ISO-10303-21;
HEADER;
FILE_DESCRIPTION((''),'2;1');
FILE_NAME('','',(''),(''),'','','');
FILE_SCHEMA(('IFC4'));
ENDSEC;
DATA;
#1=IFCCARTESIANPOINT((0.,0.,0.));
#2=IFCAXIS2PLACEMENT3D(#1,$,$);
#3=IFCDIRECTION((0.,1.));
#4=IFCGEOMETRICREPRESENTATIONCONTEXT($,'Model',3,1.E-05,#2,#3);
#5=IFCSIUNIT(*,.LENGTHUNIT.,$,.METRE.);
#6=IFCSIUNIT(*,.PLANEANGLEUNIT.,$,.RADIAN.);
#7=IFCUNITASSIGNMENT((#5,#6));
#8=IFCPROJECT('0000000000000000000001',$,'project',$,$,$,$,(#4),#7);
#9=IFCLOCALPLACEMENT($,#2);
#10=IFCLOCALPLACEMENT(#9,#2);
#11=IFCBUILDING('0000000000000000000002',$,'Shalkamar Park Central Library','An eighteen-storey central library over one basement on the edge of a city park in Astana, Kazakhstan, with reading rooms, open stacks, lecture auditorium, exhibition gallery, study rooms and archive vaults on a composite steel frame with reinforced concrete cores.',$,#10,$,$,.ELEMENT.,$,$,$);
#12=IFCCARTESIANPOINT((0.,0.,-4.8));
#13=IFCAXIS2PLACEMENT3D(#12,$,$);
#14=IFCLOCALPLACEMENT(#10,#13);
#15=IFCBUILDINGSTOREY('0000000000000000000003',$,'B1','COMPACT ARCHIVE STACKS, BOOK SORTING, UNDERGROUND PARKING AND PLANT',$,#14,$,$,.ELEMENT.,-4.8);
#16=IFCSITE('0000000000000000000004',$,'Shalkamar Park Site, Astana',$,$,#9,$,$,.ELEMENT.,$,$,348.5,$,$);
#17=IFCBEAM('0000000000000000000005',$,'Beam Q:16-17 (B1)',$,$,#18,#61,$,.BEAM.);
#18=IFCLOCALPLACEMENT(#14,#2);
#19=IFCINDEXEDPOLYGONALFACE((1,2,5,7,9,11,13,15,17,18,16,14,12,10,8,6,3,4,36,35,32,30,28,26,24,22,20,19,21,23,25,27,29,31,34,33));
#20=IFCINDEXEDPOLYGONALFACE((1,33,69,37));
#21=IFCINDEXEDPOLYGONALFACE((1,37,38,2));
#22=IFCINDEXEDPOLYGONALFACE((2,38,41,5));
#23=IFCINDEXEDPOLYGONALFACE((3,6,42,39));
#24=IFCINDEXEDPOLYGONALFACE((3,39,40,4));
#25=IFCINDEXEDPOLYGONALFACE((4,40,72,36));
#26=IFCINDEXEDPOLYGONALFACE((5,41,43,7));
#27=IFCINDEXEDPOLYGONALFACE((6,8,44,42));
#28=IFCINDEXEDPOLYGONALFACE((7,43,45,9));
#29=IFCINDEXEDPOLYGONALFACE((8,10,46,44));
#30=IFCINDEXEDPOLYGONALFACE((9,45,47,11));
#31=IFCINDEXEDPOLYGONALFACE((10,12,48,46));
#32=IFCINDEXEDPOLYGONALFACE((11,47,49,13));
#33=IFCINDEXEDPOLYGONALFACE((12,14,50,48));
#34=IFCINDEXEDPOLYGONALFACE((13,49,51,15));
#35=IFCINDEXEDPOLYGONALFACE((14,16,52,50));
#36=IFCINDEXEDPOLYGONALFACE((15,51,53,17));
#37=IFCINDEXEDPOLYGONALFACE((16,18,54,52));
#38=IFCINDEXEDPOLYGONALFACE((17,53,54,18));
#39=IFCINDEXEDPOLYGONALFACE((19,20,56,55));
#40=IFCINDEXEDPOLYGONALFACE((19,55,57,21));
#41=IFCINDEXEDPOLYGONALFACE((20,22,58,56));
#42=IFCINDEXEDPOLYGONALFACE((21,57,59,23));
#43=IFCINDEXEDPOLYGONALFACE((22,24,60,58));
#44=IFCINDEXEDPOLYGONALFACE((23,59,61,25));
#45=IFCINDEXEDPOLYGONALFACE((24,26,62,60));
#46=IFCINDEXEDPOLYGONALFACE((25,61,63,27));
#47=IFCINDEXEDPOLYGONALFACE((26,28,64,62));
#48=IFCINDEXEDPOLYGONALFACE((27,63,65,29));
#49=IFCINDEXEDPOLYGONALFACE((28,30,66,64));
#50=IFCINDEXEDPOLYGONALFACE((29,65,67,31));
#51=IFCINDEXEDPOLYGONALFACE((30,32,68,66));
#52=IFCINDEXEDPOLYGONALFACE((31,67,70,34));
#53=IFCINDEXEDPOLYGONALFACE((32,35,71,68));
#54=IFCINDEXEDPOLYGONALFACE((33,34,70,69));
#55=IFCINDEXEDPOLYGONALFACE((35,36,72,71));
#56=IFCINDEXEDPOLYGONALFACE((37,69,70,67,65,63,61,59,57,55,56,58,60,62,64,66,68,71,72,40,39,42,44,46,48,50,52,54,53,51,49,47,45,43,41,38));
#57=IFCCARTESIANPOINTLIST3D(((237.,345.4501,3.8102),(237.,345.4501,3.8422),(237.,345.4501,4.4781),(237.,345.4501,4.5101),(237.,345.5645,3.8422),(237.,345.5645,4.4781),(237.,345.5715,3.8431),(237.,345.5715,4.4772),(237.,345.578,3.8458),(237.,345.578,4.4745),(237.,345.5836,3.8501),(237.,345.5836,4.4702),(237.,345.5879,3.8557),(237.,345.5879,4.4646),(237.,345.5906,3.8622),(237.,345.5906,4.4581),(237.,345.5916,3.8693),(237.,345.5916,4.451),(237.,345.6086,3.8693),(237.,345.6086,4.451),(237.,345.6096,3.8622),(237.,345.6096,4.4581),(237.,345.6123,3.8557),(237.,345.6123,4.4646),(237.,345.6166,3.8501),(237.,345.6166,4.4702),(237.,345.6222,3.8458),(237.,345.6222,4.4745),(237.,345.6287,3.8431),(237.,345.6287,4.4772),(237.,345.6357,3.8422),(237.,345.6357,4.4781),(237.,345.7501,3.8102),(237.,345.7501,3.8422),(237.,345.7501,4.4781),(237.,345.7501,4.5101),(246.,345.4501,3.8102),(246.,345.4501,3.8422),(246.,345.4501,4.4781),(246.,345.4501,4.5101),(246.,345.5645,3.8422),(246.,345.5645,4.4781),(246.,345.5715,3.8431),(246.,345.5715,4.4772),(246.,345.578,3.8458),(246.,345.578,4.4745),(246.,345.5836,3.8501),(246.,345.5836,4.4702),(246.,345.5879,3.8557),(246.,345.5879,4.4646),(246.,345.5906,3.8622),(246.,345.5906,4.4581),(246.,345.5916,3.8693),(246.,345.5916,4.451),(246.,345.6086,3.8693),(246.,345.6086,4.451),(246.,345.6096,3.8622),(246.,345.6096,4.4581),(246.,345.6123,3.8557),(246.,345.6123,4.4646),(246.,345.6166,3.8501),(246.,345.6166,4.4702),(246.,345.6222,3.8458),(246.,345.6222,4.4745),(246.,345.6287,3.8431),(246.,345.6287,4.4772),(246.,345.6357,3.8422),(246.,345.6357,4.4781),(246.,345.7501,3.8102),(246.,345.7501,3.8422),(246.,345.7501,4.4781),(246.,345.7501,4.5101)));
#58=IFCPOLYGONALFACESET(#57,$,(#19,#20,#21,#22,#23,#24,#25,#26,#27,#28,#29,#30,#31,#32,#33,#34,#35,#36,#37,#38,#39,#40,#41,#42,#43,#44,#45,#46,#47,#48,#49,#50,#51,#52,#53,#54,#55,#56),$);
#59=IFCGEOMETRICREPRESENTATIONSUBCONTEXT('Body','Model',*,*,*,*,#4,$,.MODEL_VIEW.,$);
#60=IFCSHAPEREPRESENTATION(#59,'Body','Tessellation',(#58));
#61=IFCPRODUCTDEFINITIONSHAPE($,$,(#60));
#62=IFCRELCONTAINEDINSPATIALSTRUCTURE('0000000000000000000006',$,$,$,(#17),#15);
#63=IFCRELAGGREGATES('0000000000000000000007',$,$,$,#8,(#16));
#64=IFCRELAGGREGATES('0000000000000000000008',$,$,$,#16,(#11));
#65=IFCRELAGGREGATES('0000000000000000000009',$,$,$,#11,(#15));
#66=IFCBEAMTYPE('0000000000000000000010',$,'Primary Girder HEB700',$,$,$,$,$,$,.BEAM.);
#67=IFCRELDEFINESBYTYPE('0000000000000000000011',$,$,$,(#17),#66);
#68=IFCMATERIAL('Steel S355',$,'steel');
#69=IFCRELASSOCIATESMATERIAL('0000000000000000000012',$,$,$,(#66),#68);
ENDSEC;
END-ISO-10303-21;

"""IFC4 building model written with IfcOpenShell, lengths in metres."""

from ifc_helpers import new_model, si_unit, direction, frame, origin, origin_2d, place, context, subcontext, project, spatial, i_section, extrude, material, material_profile, profile_set, type_object, element, save


model = new_model("IFC4")

# Units and contexts
model_context = context("Model", 3, precision=1e-05, world=origin(), true_north=direction((0.0, 1.0)))
body_context = subcontext(model_context, "Body", "Model", "MODEL_VIEW")
ifc_project = project(units=[si_unit("LENGTHUNIT", "METRE"), si_unit("PLANEANGLEUNIT", "RADIAN")], contexts=[model_context])

# Site, building, storey
site_placement = place(None, origin())
site = spatial("IfcSite", under=ifc_project, at=site_placement, Name="Shalkamar Park Site, Astana", CompositionType="ELEMENT", RefElevation=348.5)
building_placement = place(site_placement, origin())
building = spatial("IfcBuilding", under=site, at=building_placement, Name="Shalkamar Park Central Library", Description="An eighteen-storey central library over one basement on the edge of a city park in Astana, Kazakhstan, with reading rooms, open stacks, lecture auditorium, exhibition gallery, study rooms and archive vaults on a composite steel frame with reinforced concrete cores.", CompositionType="ELEMENT")
storey_placement = place(building_placement, frame((0.0, 0.0, -4.8)))
storey = spatial("IfcBuildingStorey", under=building, at=storey_placement, Name="B1", Description="COMPACT ARCHIVE STACKS, BOOK SORTING, UNDERGROUND PARKING AND PLANT", CompositionType="ELEMENT", Elevation=-4.8)

# Shared definitions
ifc_material_1 = material(Name="Steel S355", Category="steel")

# Beam
ifc_material_profile_1 = material_profile(ifc_material_1, i_section(OverallWidth=0.3, OverallDepth=0.7, WebThickness=0.0171, FlangeThickness=0.032, FilletRadius=0.0271, at=origin_2d()), Name="HEB 700")
ifc_profile_set_1 = profile_set([ifc_material_profile_1], Name="Steel S355")
beam_type_1 = type_object("IfcBeamType", Name="Primary Girder HEB700", PredefinedType="BEAM", material=ifc_profile_set_1)
beam_1_placement = place(storey_placement, frame((237.0, 345.6001, 4.1602), z_axis=(1.0, 0.0, 0.0), x_axis=(0.0, 1.0, 0.0)))
element("IfcBeam", 1, at=beam_1_placement, inside=storey, type_object=beam_type_1, Name="Beam Q:16-17 (B1)", PredefinedType="BEAM", context=body_context, shape_type="SweptSolid", body=[
    extrude(i_section(OverallWidth=0.3, OverallDepth=0.7, WebThickness=0.0171, FlangeThickness=0.032, FilletRadius=0.0271, at=origin_2d()), origin(), (0.0, 0.0, 1.0), 9.0),
])

save(model, "model.ifc")
